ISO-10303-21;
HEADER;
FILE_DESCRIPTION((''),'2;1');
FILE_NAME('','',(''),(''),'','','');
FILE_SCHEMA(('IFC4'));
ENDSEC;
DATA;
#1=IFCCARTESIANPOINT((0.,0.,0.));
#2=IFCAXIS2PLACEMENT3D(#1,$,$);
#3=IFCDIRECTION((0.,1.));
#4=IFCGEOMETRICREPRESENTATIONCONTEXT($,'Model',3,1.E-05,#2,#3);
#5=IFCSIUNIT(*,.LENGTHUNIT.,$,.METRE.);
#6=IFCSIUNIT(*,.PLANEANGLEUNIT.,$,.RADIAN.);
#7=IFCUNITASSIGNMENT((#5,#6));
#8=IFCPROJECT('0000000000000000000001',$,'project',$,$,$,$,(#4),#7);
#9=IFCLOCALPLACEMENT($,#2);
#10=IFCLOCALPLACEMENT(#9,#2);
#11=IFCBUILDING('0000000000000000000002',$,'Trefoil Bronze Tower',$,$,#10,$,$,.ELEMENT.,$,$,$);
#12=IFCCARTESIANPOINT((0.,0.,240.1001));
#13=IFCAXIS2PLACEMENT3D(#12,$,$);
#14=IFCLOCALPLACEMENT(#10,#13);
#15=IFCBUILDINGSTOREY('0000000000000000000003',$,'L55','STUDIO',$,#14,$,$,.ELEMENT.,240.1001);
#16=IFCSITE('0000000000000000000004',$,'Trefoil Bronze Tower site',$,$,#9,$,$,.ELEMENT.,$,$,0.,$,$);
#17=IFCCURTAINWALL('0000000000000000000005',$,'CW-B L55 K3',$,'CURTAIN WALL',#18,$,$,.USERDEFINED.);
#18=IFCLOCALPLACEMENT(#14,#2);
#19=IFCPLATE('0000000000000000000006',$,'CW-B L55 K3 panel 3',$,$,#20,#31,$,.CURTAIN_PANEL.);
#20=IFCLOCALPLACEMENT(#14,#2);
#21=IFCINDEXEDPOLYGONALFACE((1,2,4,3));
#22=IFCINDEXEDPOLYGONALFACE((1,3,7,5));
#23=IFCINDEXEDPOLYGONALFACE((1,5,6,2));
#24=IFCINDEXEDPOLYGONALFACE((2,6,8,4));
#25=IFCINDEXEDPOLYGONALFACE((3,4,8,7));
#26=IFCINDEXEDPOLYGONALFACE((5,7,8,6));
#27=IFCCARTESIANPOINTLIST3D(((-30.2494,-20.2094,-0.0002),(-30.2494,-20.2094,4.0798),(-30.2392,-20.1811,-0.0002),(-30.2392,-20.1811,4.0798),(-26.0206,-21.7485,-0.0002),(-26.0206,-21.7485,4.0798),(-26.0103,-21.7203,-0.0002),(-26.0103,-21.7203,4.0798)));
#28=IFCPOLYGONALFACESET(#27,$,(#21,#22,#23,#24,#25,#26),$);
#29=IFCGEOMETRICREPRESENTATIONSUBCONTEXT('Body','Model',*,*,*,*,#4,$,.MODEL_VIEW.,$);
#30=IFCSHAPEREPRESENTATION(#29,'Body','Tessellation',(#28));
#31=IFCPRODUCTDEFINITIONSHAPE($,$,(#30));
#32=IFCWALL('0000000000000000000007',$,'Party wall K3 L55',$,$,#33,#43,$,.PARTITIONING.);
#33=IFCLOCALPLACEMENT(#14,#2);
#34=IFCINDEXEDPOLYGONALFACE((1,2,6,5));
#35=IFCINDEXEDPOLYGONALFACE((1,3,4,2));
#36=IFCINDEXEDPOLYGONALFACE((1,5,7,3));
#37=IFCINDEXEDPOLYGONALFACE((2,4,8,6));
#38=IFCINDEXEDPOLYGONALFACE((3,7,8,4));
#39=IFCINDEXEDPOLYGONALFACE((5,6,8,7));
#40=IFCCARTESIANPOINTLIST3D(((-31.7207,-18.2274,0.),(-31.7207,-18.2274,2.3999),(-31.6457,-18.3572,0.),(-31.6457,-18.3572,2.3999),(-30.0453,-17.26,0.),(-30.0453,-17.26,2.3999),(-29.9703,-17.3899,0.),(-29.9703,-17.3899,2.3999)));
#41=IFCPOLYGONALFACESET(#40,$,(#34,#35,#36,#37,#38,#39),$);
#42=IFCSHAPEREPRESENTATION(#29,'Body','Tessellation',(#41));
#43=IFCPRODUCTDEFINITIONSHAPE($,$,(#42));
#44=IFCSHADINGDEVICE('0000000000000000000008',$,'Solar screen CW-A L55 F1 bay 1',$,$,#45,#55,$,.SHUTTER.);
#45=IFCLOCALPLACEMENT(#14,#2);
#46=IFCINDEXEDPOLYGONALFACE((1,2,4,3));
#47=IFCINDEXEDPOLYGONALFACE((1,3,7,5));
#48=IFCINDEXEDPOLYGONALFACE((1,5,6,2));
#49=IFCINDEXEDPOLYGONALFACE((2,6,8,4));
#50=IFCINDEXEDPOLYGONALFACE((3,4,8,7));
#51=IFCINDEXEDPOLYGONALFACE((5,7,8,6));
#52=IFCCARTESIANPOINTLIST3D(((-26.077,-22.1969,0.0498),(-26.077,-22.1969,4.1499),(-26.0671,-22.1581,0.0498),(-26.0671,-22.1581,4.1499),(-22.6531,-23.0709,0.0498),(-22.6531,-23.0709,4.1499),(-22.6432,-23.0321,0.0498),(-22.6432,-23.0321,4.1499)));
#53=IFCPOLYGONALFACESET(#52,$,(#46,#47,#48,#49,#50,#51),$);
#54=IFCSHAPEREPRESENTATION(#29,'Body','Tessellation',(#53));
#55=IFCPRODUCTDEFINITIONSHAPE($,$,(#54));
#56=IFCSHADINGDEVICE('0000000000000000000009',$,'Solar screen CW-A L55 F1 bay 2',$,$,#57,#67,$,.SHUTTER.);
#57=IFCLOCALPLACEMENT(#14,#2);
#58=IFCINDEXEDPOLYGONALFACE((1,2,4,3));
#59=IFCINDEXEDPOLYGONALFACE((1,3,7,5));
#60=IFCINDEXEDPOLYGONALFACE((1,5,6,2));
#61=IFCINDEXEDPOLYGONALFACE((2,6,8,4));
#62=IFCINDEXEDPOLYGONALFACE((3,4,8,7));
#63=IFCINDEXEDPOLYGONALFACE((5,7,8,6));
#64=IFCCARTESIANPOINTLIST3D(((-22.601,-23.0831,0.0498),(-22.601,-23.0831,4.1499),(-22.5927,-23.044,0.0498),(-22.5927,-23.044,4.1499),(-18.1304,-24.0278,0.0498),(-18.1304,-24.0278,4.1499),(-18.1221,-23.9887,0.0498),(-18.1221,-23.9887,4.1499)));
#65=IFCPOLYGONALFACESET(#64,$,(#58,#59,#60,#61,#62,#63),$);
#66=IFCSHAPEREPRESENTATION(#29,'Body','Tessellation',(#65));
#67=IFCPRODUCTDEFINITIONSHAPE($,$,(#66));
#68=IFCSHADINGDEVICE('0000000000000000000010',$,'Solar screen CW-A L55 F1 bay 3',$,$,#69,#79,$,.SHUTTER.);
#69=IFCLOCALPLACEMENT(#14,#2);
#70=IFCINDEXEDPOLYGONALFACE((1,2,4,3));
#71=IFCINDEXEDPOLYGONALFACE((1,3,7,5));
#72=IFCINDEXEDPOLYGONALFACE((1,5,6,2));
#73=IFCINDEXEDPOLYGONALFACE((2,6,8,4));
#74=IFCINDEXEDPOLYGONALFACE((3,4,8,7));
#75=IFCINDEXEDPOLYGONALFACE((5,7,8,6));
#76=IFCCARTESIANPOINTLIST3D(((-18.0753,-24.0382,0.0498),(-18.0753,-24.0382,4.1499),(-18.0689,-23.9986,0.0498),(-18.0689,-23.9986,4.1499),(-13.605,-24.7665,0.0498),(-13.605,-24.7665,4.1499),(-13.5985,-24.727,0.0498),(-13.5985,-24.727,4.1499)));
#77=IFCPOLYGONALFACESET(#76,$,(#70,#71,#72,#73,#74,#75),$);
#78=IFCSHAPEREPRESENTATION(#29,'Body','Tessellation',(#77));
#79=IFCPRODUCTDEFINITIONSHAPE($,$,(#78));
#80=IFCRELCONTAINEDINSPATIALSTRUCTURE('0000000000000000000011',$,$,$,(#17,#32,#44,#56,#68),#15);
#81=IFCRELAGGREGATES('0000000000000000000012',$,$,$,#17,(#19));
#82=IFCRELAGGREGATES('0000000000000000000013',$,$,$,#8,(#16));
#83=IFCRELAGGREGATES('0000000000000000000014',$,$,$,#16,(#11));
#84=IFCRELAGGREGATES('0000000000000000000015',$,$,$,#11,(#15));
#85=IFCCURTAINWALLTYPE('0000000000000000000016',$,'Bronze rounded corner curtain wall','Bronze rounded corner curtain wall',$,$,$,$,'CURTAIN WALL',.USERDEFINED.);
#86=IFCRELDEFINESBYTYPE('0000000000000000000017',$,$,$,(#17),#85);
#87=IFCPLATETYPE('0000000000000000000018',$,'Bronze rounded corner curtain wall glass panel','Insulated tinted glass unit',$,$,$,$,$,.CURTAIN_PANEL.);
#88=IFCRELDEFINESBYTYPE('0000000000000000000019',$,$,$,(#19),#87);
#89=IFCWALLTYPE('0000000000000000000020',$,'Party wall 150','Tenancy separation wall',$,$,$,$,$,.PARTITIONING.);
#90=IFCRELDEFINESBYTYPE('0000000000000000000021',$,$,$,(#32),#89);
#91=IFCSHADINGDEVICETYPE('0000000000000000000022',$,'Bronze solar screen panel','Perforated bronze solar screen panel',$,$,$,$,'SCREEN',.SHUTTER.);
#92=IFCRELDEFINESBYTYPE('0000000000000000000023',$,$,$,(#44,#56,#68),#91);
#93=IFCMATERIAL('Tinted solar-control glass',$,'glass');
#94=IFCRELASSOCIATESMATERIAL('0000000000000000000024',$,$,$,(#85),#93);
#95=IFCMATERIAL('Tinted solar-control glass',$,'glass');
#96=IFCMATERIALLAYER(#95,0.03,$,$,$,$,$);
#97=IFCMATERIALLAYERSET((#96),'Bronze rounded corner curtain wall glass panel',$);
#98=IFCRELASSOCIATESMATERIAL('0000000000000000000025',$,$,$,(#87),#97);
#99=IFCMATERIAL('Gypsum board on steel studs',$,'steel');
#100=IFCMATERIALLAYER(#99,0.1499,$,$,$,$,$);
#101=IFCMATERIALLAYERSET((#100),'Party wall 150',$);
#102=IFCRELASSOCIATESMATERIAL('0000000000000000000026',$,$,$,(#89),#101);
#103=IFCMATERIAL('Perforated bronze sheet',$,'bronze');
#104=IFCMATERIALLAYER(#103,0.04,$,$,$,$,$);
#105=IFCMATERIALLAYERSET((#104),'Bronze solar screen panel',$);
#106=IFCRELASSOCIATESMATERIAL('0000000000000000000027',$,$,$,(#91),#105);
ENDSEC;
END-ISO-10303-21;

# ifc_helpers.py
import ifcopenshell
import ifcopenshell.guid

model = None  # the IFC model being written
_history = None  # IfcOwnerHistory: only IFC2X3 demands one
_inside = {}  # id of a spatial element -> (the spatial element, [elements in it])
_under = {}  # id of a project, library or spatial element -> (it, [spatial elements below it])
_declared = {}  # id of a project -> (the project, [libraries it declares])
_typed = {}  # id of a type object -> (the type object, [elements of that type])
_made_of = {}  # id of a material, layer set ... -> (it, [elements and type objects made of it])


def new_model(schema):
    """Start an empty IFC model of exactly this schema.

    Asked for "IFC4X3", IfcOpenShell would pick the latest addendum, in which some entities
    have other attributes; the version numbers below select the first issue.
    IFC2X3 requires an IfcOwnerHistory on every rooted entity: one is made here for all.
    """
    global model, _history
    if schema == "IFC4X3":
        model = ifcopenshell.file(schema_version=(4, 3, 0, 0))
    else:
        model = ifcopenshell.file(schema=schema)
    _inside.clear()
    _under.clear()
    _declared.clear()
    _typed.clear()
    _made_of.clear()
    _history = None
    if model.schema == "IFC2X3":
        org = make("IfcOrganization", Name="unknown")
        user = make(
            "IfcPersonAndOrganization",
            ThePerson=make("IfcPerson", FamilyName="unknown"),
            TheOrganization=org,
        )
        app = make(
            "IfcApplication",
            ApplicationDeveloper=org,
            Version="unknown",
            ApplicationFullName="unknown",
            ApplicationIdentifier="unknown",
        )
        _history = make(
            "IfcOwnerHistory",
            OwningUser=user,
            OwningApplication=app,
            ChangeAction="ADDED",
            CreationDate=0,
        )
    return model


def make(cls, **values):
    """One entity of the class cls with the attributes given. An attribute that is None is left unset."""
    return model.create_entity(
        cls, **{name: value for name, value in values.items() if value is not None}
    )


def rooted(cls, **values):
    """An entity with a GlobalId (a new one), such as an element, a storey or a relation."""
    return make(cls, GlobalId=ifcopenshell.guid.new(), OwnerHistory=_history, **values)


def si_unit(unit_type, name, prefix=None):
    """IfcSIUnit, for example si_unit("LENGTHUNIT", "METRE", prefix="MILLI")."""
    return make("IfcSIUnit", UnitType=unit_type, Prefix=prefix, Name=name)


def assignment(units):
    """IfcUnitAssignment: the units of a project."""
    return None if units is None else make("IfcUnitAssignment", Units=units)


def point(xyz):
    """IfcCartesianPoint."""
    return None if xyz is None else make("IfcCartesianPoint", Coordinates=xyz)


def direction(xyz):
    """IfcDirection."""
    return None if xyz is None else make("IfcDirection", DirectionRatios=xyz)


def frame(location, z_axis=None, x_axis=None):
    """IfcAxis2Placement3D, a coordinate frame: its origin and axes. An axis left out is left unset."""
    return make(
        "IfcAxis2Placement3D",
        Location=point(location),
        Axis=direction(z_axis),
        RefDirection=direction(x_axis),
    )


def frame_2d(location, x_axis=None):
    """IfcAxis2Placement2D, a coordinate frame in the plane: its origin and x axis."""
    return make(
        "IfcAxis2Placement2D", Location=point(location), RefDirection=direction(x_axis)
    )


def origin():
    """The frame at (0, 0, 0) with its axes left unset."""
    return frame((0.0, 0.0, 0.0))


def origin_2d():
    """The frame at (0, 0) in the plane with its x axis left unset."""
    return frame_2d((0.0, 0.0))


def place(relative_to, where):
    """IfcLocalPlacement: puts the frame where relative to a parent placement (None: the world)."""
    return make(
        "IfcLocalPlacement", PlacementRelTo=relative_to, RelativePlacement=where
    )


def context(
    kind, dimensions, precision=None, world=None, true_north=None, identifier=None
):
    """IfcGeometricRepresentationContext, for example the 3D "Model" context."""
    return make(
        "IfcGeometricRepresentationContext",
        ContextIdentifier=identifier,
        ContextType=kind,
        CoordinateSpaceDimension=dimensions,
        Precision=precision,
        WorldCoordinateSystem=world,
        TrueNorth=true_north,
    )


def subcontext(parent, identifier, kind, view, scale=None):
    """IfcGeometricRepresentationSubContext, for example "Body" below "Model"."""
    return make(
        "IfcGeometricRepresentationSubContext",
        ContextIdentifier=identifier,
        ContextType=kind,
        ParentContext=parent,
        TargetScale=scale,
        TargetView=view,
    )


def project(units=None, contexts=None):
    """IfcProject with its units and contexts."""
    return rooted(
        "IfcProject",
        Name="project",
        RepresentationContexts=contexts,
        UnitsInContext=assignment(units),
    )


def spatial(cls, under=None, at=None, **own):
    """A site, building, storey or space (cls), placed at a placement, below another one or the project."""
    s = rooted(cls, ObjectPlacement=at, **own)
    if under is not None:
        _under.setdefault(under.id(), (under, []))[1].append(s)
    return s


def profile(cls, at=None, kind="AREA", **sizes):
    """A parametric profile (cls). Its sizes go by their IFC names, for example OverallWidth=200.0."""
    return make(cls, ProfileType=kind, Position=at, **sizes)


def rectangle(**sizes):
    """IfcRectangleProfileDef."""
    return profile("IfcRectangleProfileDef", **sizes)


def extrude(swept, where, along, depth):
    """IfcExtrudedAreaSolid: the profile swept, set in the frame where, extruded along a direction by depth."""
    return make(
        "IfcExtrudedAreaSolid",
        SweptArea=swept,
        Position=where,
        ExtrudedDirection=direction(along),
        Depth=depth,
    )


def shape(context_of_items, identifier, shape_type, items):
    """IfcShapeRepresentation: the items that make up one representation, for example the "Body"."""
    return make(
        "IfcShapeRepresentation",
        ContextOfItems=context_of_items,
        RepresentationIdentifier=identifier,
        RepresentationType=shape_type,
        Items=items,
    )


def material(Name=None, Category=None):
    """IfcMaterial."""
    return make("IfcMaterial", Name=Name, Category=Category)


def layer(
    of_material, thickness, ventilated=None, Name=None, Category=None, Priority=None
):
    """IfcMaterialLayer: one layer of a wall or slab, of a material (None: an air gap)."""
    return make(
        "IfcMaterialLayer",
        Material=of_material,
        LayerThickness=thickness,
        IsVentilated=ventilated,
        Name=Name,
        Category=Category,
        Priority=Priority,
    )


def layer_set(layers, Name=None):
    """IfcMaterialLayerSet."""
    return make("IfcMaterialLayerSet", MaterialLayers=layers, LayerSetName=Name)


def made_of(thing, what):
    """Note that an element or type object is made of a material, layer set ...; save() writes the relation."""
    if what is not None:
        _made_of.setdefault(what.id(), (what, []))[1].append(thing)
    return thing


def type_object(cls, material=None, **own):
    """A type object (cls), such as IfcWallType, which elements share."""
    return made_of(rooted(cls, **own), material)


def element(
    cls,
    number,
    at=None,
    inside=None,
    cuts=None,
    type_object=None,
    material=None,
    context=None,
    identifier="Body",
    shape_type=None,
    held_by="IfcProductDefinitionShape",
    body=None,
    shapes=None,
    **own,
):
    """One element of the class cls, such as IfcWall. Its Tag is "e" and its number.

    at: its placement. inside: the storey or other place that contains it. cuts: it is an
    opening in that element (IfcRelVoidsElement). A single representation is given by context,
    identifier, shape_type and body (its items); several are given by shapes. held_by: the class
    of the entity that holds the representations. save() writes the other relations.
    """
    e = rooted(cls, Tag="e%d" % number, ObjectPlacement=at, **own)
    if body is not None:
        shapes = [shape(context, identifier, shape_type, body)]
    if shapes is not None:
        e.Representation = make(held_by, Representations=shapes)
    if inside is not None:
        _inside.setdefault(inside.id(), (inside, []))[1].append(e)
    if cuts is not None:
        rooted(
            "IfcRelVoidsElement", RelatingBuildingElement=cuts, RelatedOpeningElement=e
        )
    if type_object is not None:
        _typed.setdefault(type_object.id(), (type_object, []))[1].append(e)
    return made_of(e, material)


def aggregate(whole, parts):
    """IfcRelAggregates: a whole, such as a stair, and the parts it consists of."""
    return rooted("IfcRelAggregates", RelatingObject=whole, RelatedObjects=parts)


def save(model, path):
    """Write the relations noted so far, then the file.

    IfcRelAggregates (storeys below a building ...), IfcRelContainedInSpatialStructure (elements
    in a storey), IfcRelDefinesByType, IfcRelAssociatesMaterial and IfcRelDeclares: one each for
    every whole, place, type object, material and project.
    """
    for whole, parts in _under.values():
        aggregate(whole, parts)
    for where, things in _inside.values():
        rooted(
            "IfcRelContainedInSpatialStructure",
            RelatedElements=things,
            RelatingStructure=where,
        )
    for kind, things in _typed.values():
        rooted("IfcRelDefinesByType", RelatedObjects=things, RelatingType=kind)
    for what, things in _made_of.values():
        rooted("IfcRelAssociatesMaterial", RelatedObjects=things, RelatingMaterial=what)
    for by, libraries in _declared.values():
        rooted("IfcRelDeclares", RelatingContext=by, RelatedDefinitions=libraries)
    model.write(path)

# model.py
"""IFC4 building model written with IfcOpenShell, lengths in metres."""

from ifc_helpers import new_model, si_unit, direction, frame, frame_2d, origin, origin_2d, place, context, subcontext, project, spatial, rectangle, extrude, material, layer, layer_set, type_object, element, aggregate, save


model = new_model("IFC4")

# Units and contexts
model_context = context("Model", 3, precision=1e-05, world=origin(), true_north=direction((0.0, 1.0)))
body_context = subcontext(model_context, "Body", "Model", "MODEL_VIEW")
ifc_project = project(units=[si_unit("LENGTHUNIT", "METRE"), si_unit("PLANEANGLEUNIT", "RADIAN")], contexts=[model_context])

# Site, building, storey
site_placement = place(None, origin())
site = spatial("IfcSite", under=ifc_project, at=site_placement, Name="Trefoil Bronze Tower site", CompositionType="ELEMENT", RefElevation=0.0)
building_placement = place(site_placement, origin())
building = spatial("IfcBuilding", under=site, at=building_placement, Name="Trefoil Bronze Tower", CompositionType="ELEMENT")
storey_placement = place(building_placement, frame((0.0, 0.0, 240.1001)))
storey = spatial("IfcBuildingStorey", under=building, at=storey_placement, Name="L55", Description="STUDIO", CompositionType="ELEMENT", Elevation=240.1001)

# Curtain wall
ifc_material_1 = material(Name="Tinted solar-control glass", Category="glass")
curtain_wall_type_1 = type_object("IfcCurtainWallType", Name="Bronze rounded corner curtain wall", Description="Bronze rounded corner curtain wall", ElementType="CURTAIN WALL", PredefinedType="USERDEFINED", material=ifc_material_1)
curtain_wall_1_placement = place(storey_placement, origin())
curtain_wall_1 = element("IfcCurtainWall", 1, at=curtain_wall_1_placement, inside=storey, type_object=curtain_wall_type_1, Name="CW-B L55 K3", ObjectType="CURTAIN WALL", PredefinedType="USERDEFINED")

# Plate
ifc_material_2 = material(Name="Tinted solar-control glass", Category="glass")
ifc_layer_1 = layer(ifc_material_2, 0.03)
ifc_layer_set_1 = layer_set([ifc_layer_1], Name="Bronze rounded corner curtain wall glass panel")
plate_type_1 = type_object("IfcPlateType", Name="Bronze rounded corner curtain wall glass panel", Description="Insulated tinted glass unit", PredefinedType="CURTAIN_PANEL", material=ifc_layer_set_1)
plate_1_placement = place(storey_placement, frame((-28.1299, -20.9648, -0.0002), z_axis=(0.0, 0.0, 1.0), x_axis=(0.939693, -0.34202, 0.0)))
plate_1 = element("IfcPlate", 2, at=plate_1_placement, type_object=plate_type_1, Name="CW-B L55 K3 panel 3", PredefinedType="CURTAIN_PANEL", context=body_context, shape_type="SweptSolid", body=[
    extrude(rectangle(XDim=4.5002, YDim=0.03, at=origin_2d()), origin(), (0.0, 0.0, 1.0), 4.0801),
])
aggregate(curtain_wall_1, [plate_1])

# Wall
ifc_material_3 = material(Name="Gypsum board on steel studs", Category="steel")
ifc_layer_2 = layer(ifc_material_3, 0.1499)
ifc_layer_set_2 = layer_set([ifc_layer_2], Name="Party wall 150")
wall_type = type_object("IfcWallType", Name="Party wall 150", Description="Tenancy separation wall", PredefinedType="PARTITIONING", material=ifc_layer_set_2)
wall_placement = place(storey_placement, frame((-30.0078, -17.325, 0.0), z_axis=(0.0, 0.0, 1.0), x_axis=(-0.866013, -0.500021, 0.0)))
element("IfcWall", 3, at=wall_placement, inside=storey, type_object=wall_type, Name="Party wall K3 L55", PredefinedType="PARTITIONING", context=body_context, shape_type="SweptSolid", body=[
    extrude(rectangle(XDim=1.9346, YDim=0.1499, at=frame_2d((0.9673, 0.0))), origin(), (0.0, 0.0, 1.0), 2.3999),
])

# Shading devices
ifc_material_4 = material(Name="Perforated bronze sheet", Category="bronze")
ifc_layer_3 = layer(ifc_material_4, 0.04)
ifc_layer_set_3 = layer_set([ifc_layer_3], Name="Bronze solar screen panel")
shading_device_type = type_object("IfcShadingDeviceType", Name="Bronze solar screen panel", Description="Perforated bronze solar screen panel", ElementType="SCREEN", PredefinedType="SHUTTER", material=ifc_layer_set_3)
shading_device_1_placement = place(storey_placement, frame((-24.3601, -22.6145, 0.0498), z_axis=(0.0, 0.0, 1.0), x_axis=(0.968934, -0.247319, 0.0)))
element("IfcShadingDevice", 4, at=shading_device_1_placement, inside=storey, type_object=shading_device_type, Name="Solar screen CW-A L55 F1 bay 1", PredefinedType="SHUTTER", context=body_context, shape_type="SweptSolid", body=[
    extrude(rectangle(XDim=3.5337, YDim=0.04, at=origin_2d()), origin(), (0.0, 0.0, 1.0), 4.1001),
])
shading_device_2_placement = place(storey_placement, frame((-20.3616, -23.5359, 0.0498), z_axis=(0.0, 0.0, 1.0), x_axis=(0.978394, -0.206747, 0.0)))
element("IfcShadingDevice", 5, at=shading_device_2_placement, inside=storey, type_object=shading_device_type, Name="Solar screen CW-A L55 F1 bay 2", PredefinedType="SHUTTER", context=body_context, shape_type="SweptSolid", body=[
    extrude(rectangle(XDim=4.5693, YDim=0.04, at=origin_2d()), origin(), (0.0, 0.0, 1.0), 4.1001),
])
shading_device_3_placement = place(storey_placement, frame((-15.8369, -24.3826, 0.0498), z_axis=(0.0, 0.0, 1.0), x_axis=(0.986987, -0.160803, 0.0)))
element("IfcShadingDevice", 6, at=shading_device_3_placement, inside=storey, type_object=shading_device_type, Name="Solar screen CW-A L55 F1 bay 3", PredefinedType="SHUTTER", context=body_context, shape_type="SweptSolid", body=[
    extrude(rectangle(XDim=4.5293, YDim=0.04, at=origin_2d()), origin(), (0.0, 0.0, 1.0), 4.1001),
])

save(model, "model.ifc")
